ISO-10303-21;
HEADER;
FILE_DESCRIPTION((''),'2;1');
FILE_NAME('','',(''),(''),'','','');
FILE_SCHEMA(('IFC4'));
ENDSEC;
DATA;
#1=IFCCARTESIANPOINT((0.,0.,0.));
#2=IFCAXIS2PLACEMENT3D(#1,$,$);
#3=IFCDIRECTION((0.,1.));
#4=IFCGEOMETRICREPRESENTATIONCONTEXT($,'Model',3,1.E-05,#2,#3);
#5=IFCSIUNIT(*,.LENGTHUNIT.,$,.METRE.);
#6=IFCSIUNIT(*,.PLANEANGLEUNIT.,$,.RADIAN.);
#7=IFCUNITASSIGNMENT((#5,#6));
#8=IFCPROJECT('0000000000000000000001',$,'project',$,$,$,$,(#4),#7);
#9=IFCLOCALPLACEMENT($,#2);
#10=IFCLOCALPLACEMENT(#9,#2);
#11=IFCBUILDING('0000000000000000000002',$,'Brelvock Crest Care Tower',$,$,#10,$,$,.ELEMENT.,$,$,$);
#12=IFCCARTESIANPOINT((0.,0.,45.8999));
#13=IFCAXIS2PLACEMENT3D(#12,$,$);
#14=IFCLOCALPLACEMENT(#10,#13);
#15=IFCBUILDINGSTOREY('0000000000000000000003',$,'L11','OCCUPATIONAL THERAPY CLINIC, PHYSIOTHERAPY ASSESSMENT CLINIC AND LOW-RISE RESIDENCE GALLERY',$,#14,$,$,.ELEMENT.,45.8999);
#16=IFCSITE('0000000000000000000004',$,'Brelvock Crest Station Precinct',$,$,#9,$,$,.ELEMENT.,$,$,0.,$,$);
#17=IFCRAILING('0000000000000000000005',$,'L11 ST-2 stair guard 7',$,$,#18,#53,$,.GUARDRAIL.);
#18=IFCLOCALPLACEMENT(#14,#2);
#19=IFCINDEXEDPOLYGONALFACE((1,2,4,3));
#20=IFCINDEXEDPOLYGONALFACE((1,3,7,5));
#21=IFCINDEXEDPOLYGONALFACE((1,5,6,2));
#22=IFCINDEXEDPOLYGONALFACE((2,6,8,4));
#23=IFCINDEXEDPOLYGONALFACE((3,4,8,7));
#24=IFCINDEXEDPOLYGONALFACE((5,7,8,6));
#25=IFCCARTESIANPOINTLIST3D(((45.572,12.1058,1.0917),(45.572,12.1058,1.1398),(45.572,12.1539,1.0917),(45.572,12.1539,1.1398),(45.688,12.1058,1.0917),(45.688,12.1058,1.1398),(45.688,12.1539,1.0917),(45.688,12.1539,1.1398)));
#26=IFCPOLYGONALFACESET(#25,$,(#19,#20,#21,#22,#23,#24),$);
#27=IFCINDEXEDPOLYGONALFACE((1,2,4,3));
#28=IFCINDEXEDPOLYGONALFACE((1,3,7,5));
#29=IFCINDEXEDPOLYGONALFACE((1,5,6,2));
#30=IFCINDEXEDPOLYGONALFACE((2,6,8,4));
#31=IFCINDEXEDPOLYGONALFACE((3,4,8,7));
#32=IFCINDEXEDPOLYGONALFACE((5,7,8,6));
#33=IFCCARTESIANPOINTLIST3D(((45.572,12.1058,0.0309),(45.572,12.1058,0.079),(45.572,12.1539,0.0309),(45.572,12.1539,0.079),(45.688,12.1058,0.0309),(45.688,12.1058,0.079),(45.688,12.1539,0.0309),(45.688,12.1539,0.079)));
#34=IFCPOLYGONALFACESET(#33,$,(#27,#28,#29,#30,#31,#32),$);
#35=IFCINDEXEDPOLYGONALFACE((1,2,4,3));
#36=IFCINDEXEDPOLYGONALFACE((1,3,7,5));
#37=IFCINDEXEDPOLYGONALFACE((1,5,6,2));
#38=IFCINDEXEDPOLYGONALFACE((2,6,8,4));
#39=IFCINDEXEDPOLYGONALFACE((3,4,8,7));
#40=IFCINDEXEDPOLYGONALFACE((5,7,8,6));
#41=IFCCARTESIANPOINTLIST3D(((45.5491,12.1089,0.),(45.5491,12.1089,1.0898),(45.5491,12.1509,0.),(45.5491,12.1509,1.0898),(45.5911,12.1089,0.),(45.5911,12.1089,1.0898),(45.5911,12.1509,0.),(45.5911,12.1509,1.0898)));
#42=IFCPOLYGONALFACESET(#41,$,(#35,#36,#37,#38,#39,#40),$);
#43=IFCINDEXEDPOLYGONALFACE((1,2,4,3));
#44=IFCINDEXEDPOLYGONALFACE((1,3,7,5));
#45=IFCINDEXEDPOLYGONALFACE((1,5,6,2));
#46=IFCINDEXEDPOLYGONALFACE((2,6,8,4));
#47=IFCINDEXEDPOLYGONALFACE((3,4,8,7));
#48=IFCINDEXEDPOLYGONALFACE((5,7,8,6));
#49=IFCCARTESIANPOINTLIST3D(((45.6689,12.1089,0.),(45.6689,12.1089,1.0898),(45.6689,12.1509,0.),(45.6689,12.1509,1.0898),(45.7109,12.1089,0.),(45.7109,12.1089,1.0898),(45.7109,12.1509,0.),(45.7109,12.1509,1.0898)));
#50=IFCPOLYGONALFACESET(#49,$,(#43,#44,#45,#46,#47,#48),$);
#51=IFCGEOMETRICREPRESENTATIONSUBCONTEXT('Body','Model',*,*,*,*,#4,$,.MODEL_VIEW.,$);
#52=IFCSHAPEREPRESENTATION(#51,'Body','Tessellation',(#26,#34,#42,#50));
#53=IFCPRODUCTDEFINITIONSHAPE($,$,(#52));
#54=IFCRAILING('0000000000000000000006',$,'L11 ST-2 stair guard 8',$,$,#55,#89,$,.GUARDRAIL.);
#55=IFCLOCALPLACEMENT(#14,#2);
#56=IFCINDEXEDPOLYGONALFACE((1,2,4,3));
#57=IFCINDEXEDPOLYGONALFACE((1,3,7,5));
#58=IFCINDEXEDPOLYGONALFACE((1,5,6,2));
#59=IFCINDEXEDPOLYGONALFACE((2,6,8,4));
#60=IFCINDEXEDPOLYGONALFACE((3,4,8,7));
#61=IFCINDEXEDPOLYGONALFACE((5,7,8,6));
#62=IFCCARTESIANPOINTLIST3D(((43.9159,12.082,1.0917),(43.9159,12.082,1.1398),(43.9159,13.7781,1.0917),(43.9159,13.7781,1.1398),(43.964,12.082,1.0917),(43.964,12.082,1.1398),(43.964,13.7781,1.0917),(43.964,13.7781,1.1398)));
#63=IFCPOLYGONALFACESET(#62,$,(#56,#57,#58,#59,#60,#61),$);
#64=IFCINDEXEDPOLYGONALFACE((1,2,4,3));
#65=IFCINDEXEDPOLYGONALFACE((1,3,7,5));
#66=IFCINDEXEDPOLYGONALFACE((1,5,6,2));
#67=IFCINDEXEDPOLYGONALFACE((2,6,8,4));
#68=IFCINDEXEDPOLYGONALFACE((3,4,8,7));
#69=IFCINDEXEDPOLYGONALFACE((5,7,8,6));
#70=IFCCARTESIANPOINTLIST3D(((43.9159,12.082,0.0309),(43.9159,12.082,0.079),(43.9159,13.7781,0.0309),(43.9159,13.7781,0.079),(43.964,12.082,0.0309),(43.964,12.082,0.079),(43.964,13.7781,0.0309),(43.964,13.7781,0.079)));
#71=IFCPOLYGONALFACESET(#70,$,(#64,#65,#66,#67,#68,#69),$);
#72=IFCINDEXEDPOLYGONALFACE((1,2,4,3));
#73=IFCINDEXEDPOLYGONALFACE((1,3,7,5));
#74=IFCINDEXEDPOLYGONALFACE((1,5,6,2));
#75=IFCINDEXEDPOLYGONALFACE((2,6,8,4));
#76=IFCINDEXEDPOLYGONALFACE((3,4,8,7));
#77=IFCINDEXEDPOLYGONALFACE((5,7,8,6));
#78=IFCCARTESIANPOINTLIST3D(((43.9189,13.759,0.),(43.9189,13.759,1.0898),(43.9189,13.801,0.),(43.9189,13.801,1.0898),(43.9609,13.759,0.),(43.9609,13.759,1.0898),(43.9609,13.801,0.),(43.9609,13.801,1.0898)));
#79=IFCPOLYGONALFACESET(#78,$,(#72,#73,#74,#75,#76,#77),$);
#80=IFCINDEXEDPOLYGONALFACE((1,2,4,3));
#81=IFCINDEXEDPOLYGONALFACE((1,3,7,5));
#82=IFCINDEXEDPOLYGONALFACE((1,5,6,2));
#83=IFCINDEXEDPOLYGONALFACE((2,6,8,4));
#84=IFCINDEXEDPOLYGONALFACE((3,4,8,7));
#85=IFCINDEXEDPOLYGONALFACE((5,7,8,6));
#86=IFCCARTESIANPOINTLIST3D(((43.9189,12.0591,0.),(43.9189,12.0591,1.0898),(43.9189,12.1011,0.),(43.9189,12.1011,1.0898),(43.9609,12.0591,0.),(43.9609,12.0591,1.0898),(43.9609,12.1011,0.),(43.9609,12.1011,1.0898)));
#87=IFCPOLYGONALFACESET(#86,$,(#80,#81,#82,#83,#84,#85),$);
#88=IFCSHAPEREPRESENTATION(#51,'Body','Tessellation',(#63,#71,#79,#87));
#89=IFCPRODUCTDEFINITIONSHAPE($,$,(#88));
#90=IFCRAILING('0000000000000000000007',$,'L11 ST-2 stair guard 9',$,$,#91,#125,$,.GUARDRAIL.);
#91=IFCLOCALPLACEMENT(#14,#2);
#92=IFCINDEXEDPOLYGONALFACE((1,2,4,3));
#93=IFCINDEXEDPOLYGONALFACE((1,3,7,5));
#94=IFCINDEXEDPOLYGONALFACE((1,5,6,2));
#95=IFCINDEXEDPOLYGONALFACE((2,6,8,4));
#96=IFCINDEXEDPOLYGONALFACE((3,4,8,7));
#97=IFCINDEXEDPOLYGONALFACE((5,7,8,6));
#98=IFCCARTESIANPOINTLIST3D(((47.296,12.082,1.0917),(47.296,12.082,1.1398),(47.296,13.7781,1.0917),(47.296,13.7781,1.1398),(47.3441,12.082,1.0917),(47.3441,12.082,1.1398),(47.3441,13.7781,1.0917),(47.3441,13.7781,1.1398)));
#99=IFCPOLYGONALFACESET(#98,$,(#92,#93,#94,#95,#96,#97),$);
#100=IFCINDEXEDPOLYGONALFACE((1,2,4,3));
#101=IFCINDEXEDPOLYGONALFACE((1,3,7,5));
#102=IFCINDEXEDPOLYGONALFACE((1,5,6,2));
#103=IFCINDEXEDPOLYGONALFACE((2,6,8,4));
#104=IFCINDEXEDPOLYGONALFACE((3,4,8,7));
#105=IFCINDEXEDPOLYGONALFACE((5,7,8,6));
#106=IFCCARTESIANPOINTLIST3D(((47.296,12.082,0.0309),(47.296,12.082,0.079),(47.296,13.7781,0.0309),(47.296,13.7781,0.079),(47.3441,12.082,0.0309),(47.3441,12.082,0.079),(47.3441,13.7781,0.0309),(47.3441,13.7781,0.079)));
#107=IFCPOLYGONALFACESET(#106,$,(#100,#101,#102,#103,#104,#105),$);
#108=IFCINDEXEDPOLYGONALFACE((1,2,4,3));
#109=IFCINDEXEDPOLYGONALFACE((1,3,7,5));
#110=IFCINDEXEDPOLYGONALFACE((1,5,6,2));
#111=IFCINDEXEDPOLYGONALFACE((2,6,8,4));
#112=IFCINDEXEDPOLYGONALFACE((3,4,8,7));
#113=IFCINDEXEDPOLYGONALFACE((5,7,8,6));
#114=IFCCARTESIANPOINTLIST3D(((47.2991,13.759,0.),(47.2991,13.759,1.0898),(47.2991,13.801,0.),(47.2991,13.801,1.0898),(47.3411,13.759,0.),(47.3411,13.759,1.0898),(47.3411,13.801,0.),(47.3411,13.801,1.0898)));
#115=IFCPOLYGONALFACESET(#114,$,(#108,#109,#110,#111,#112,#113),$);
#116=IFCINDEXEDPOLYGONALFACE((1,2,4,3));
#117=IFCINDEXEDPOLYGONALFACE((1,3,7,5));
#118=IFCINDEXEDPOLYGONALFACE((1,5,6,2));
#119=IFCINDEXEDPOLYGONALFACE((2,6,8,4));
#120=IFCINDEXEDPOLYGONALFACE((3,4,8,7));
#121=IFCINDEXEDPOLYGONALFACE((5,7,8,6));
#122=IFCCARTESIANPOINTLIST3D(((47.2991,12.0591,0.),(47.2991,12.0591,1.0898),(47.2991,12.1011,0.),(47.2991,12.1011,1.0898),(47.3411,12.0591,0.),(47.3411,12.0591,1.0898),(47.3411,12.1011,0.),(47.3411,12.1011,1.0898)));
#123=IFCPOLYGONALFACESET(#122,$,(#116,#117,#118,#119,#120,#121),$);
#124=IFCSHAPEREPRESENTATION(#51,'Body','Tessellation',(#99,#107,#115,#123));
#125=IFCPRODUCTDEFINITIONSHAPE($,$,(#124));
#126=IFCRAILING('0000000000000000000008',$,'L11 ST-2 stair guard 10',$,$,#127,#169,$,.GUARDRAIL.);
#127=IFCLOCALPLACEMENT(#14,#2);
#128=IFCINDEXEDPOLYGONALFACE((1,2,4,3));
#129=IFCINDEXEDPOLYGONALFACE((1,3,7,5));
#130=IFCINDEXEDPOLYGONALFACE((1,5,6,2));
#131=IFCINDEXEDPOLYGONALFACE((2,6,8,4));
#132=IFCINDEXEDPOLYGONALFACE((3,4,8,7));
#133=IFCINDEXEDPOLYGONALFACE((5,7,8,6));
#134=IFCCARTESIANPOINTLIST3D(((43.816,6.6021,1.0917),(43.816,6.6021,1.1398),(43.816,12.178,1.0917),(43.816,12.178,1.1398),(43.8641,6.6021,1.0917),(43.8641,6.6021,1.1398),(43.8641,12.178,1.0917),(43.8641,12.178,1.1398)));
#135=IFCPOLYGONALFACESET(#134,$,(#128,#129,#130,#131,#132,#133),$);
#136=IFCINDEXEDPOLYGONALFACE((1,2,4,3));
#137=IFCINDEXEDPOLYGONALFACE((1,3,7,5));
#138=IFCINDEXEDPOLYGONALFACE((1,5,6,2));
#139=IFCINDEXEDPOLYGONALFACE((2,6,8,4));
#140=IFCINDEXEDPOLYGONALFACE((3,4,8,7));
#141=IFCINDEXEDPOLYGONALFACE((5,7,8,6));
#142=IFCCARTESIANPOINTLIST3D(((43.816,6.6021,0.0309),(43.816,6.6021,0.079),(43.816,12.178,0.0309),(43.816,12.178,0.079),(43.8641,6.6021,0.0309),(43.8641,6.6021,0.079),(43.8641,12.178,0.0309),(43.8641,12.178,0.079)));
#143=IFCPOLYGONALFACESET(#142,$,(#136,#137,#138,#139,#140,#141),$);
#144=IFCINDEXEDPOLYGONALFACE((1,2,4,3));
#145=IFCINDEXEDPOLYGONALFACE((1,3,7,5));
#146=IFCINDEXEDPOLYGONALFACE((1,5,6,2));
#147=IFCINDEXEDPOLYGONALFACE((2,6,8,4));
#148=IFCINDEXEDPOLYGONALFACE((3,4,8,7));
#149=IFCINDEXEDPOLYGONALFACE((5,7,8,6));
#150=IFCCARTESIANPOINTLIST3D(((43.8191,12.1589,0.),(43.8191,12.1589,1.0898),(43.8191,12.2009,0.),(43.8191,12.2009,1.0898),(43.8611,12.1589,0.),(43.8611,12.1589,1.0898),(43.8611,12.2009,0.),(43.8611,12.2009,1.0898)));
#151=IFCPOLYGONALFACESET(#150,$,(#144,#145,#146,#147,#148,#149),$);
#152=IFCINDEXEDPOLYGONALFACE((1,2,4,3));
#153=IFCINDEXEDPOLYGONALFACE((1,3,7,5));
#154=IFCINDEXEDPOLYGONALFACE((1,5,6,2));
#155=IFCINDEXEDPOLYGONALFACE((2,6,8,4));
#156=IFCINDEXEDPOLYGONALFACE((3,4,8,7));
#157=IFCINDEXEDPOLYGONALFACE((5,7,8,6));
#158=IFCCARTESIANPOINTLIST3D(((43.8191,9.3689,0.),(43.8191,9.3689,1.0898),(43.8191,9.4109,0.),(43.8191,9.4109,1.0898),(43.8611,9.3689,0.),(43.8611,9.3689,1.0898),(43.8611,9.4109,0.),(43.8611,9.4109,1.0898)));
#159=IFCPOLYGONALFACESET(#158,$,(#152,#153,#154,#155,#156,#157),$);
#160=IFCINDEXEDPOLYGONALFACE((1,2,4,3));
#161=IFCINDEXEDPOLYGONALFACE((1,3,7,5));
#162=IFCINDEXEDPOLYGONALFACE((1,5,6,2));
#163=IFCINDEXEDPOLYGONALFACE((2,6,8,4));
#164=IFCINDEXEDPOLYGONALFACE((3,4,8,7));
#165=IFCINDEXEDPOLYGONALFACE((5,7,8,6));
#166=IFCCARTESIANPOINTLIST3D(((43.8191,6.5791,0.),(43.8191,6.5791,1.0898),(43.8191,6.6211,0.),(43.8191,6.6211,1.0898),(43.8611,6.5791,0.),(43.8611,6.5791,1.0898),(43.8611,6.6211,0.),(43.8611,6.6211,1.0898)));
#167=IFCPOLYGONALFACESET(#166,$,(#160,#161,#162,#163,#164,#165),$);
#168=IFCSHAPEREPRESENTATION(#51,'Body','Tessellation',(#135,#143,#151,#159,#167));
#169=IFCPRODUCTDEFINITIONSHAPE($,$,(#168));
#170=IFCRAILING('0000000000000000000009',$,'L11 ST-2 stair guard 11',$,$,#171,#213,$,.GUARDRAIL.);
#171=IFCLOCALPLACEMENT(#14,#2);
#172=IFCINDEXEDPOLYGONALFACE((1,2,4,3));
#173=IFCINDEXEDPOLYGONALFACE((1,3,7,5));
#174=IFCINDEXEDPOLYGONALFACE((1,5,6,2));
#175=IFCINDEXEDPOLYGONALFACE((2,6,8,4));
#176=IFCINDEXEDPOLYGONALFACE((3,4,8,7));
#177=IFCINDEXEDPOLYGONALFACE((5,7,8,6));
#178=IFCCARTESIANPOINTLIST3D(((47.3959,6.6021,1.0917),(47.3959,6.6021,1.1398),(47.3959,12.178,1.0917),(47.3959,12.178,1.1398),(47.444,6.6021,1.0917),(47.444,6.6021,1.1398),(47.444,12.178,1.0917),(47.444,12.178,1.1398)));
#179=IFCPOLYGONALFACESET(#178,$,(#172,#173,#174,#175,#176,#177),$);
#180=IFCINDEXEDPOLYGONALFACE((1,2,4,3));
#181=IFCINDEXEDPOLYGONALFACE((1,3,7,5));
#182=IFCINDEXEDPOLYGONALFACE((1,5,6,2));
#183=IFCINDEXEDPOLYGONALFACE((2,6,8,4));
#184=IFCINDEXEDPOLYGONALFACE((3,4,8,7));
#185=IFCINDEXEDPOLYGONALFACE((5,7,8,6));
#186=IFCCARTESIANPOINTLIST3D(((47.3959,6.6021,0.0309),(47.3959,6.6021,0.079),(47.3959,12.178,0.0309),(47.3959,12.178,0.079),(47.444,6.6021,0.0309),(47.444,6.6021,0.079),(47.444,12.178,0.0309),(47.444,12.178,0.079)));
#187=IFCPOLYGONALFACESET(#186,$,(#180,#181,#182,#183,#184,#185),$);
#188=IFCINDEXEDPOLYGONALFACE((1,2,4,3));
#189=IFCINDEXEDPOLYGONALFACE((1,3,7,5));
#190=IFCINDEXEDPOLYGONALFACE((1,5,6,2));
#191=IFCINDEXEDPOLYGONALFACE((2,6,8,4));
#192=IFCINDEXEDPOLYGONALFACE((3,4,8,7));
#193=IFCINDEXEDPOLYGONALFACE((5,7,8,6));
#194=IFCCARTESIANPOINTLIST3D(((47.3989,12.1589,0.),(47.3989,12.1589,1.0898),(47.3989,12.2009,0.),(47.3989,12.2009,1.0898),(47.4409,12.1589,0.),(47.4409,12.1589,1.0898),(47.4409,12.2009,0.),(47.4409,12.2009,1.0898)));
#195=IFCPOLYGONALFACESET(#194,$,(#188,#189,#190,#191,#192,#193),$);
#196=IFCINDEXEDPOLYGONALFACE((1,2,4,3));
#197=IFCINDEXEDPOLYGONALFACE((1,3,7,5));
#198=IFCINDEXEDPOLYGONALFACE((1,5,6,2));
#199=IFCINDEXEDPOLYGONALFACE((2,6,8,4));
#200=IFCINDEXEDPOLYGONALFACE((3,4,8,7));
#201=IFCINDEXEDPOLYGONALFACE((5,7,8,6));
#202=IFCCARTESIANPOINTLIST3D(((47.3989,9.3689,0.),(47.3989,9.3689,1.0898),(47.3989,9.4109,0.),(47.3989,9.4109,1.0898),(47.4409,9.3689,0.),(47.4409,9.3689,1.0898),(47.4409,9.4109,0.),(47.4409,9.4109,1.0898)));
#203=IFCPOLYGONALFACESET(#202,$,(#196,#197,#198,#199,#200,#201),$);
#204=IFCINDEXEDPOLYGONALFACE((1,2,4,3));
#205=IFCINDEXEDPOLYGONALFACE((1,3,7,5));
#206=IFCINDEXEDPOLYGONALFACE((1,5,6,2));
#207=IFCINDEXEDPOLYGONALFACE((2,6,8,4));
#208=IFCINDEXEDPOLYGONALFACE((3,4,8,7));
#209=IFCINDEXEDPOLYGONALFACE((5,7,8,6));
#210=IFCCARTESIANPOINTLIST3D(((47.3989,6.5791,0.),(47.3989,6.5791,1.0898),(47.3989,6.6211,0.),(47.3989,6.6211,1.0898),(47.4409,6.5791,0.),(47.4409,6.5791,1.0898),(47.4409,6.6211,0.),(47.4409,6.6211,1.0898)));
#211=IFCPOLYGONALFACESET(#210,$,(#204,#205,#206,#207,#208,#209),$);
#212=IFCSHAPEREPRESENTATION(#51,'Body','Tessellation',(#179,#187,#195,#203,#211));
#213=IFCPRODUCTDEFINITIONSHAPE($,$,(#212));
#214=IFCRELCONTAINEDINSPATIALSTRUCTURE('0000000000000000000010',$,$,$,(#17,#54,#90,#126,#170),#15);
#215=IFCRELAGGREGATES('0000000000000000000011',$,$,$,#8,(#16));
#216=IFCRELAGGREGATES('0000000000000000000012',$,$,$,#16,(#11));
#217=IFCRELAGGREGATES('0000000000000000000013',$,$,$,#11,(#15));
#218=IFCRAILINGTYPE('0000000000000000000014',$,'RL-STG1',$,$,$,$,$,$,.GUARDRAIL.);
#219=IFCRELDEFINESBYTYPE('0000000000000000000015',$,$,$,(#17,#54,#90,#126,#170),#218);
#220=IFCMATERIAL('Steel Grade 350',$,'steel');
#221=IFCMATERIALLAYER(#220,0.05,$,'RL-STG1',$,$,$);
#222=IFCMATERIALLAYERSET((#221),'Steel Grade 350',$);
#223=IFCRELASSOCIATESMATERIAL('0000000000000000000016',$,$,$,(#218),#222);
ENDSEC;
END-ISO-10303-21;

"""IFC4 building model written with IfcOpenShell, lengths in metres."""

from ifc_helpers import new_model, si_unit, direction, frame, origin, origin_2d, place, context, subcontext, project, spatial, rectangle, extrude, material, layer, layer_set, type_object, element, save


model = new_model("IFC4")

# Units and contexts
model_context = context("Model", 3, precision=1e-05, world=origin(), true_north=direction((0.0, 1.0)))
body_context = subcontext(model_context, "Body", "Model", "MODEL_VIEW")
ifc_project = project(units=[si_unit("LENGTHUNIT", "METRE"), si_unit("PLANEANGLEUNIT", "RADIAN")], contexts=[model_context])

# Site, building, storey
site_placement = place(None, origin())
site = spatial("IfcSite", under=ifc_project, at=site_placement, Name="Brelvock Crest Station Precinct", CompositionType="ELEMENT", RefElevation=0.0)
building_placement = place(site_placement, origin())
building = spatial("IfcBuilding", under=site, at=building_placement, Name="Brelvock Crest Care Tower", CompositionType="ELEMENT")
storey_placement = place(building_placement, frame((0.0, 0.0, 45.8999)))
storey = spatial("IfcBuildingStorey", under=building, at=storey_placement, Name="L11", Description="OCCUPATIONAL THERAPY CLINIC, PHYSIOTHERAPY ASSESSMENT CLINIC AND LOW-RISE RESIDENCE GALLERY", CompositionType="ELEMENT", Elevation=45.8999)

# Shared definitions
ifc_material_1 = material(Name="Steel Grade 350", Category="steel")

# Railings
ifc_layer_1 = layer(ifc_material_1, 0.05, Name="RL-STG1")
ifc_layer_set_1 = layer_set([ifc_layer_1], Name="Steel Grade 350")
railing_type_1 = type_object("IfcRailingType", Name="RL-STG1", PredefinedType="GUARDRAIL", material=ifc_layer_set_1)
railing_1_placement = place(storey_placement, frame((45.5701, 12.1299, 0.0)))
element("IfcRailing", 1, at=railing_1_placement, inside=storey, type_object=railing_type_1, Name="L11 ST-2 stair guard 7", PredefinedType="GUARDRAIL", context=body_context, shape_type="SweptSolid", body=[
    extrude(rectangle(XDim=0.0481, YDim=0.0481, at=origin_2d()), frame((0.002, 0.0, 1.1157), z_axis=(1.0, 0.0, 0.0), x_axis=(0.0, 1.0, 0.0)), (0.0, 0.0, 1.0), 0.116),
    extrude(rectangle(XDim=0.0481, YDim=0.0481, at=origin_2d()), frame((0.002, 0.0, 0.0549), z_axis=(1.0, 0.0, 0.0), x_axis=(0.0, 1.0, 0.0)), (0.0, 0.0, 1.0), 0.116),
    extrude(rectangle(XDim=0.042, YDim=0.042, at=origin_2d()), origin(), (0.0, 0.0, 1.0), 1.0898),
    extrude(rectangle(XDim=0.042, YDim=0.042, at=origin_2d()), frame((0.1199, 0.0, 0.0)), (0.0, 0.0, 1.0), 1.0898),
])
for number, where, name in (
    (2, (43.9399, 13.78, 0.0), "L11 ST-2 stair guard 8"),
    (3, (47.3201, 13.78, 0.0), "L11 ST-2 stair guard 9"),
):
    element("IfcRailing", number, at=place(storey_placement, frame(where)), inside=storey, type_object=railing_type_1, Name=name, PredefinedType="GUARDRAIL", context=body_context, shape_type="SweptSolid", body=[
        extrude(rectangle(XDim=0.0481, YDim=0.0481, at=origin_2d()), frame((0.0, -0.002, 1.1157), z_axis=(0.0, -1.0, 0.0), x_axis=(1.0, 0.0, 0.0)), (0.0, 0.0, 1.0), 1.696),
        extrude(rectangle(XDim=0.0481, YDim=0.0481, at=origin_2d()), frame((0.0, -0.002, 0.0549), z_axis=(0.0, -1.0, 0.0), x_axis=(1.0, 0.0, 0.0)), (0.0, 0.0, 1.0), 1.696),
        extrude(rectangle(XDim=0.042, YDim=0.042, at=origin_2d()), origin(), (0.0, 0.0, 1.0), 1.0898),
        extrude(rectangle(XDim=0.042, YDim=0.042, at=origin_2d()), frame((0.0, -1.7, 0.0)), (0.0, 0.0, 1.0), 1.0898),
    ])
for number, where, name in (
    (4, (43.8401, 12.1799, 0.0), "L11 ST-2 stair guard 10"),
    (5, (47.4199, 12.1799, 0.0), "L11 ST-2 stair guard 11"),
):
    element("IfcRailing", number, at=place(storey_placement, frame(where)), inside=storey, type_object=railing_type_1, Name=name, PredefinedType="GUARDRAIL", context=body_context, shape_type="SweptSolid", body=[
        extrude(rectangle(XDim=0.0481, YDim=0.0481, at=origin_2d()), frame((0.0, -0.002, 1.1157), z_axis=(0.0, -1.0, 0.0), x_axis=(1.0, 0.0, 0.0)), (0.0, 0.0, 1.0), 5.5759),
        extrude(rectangle(XDim=0.0481, YDim=0.0481, at=origin_2d()), frame((0.0, -0.002, 0.0549), z_axis=(0.0, -1.0, 0.0), x_axis=(1.0, 0.0, 0.0)), (0.0, 0.0, 1.0), 5.5759),
        extrude(rectangle(XDim=0.042, YDim=0.042, at=origin_2d()), origin(), (0.0, 0.0, 1.0), 1.0898),
        extrude(rectangle(XDim=0.042, YDim=0.042, at=origin_2d()), frame((0.0, -2.79, 0.0)), (0.0, 0.0, 1.0), 1.0898),
        extrude(rectangle(XDim=0.042, YDim=0.042, at=origin_2d()), frame((0.0, -5.5798, 0.0)), (0.0, 0.0, 1.0), 1.0898),
    ])

save(model, "model.ifc")
